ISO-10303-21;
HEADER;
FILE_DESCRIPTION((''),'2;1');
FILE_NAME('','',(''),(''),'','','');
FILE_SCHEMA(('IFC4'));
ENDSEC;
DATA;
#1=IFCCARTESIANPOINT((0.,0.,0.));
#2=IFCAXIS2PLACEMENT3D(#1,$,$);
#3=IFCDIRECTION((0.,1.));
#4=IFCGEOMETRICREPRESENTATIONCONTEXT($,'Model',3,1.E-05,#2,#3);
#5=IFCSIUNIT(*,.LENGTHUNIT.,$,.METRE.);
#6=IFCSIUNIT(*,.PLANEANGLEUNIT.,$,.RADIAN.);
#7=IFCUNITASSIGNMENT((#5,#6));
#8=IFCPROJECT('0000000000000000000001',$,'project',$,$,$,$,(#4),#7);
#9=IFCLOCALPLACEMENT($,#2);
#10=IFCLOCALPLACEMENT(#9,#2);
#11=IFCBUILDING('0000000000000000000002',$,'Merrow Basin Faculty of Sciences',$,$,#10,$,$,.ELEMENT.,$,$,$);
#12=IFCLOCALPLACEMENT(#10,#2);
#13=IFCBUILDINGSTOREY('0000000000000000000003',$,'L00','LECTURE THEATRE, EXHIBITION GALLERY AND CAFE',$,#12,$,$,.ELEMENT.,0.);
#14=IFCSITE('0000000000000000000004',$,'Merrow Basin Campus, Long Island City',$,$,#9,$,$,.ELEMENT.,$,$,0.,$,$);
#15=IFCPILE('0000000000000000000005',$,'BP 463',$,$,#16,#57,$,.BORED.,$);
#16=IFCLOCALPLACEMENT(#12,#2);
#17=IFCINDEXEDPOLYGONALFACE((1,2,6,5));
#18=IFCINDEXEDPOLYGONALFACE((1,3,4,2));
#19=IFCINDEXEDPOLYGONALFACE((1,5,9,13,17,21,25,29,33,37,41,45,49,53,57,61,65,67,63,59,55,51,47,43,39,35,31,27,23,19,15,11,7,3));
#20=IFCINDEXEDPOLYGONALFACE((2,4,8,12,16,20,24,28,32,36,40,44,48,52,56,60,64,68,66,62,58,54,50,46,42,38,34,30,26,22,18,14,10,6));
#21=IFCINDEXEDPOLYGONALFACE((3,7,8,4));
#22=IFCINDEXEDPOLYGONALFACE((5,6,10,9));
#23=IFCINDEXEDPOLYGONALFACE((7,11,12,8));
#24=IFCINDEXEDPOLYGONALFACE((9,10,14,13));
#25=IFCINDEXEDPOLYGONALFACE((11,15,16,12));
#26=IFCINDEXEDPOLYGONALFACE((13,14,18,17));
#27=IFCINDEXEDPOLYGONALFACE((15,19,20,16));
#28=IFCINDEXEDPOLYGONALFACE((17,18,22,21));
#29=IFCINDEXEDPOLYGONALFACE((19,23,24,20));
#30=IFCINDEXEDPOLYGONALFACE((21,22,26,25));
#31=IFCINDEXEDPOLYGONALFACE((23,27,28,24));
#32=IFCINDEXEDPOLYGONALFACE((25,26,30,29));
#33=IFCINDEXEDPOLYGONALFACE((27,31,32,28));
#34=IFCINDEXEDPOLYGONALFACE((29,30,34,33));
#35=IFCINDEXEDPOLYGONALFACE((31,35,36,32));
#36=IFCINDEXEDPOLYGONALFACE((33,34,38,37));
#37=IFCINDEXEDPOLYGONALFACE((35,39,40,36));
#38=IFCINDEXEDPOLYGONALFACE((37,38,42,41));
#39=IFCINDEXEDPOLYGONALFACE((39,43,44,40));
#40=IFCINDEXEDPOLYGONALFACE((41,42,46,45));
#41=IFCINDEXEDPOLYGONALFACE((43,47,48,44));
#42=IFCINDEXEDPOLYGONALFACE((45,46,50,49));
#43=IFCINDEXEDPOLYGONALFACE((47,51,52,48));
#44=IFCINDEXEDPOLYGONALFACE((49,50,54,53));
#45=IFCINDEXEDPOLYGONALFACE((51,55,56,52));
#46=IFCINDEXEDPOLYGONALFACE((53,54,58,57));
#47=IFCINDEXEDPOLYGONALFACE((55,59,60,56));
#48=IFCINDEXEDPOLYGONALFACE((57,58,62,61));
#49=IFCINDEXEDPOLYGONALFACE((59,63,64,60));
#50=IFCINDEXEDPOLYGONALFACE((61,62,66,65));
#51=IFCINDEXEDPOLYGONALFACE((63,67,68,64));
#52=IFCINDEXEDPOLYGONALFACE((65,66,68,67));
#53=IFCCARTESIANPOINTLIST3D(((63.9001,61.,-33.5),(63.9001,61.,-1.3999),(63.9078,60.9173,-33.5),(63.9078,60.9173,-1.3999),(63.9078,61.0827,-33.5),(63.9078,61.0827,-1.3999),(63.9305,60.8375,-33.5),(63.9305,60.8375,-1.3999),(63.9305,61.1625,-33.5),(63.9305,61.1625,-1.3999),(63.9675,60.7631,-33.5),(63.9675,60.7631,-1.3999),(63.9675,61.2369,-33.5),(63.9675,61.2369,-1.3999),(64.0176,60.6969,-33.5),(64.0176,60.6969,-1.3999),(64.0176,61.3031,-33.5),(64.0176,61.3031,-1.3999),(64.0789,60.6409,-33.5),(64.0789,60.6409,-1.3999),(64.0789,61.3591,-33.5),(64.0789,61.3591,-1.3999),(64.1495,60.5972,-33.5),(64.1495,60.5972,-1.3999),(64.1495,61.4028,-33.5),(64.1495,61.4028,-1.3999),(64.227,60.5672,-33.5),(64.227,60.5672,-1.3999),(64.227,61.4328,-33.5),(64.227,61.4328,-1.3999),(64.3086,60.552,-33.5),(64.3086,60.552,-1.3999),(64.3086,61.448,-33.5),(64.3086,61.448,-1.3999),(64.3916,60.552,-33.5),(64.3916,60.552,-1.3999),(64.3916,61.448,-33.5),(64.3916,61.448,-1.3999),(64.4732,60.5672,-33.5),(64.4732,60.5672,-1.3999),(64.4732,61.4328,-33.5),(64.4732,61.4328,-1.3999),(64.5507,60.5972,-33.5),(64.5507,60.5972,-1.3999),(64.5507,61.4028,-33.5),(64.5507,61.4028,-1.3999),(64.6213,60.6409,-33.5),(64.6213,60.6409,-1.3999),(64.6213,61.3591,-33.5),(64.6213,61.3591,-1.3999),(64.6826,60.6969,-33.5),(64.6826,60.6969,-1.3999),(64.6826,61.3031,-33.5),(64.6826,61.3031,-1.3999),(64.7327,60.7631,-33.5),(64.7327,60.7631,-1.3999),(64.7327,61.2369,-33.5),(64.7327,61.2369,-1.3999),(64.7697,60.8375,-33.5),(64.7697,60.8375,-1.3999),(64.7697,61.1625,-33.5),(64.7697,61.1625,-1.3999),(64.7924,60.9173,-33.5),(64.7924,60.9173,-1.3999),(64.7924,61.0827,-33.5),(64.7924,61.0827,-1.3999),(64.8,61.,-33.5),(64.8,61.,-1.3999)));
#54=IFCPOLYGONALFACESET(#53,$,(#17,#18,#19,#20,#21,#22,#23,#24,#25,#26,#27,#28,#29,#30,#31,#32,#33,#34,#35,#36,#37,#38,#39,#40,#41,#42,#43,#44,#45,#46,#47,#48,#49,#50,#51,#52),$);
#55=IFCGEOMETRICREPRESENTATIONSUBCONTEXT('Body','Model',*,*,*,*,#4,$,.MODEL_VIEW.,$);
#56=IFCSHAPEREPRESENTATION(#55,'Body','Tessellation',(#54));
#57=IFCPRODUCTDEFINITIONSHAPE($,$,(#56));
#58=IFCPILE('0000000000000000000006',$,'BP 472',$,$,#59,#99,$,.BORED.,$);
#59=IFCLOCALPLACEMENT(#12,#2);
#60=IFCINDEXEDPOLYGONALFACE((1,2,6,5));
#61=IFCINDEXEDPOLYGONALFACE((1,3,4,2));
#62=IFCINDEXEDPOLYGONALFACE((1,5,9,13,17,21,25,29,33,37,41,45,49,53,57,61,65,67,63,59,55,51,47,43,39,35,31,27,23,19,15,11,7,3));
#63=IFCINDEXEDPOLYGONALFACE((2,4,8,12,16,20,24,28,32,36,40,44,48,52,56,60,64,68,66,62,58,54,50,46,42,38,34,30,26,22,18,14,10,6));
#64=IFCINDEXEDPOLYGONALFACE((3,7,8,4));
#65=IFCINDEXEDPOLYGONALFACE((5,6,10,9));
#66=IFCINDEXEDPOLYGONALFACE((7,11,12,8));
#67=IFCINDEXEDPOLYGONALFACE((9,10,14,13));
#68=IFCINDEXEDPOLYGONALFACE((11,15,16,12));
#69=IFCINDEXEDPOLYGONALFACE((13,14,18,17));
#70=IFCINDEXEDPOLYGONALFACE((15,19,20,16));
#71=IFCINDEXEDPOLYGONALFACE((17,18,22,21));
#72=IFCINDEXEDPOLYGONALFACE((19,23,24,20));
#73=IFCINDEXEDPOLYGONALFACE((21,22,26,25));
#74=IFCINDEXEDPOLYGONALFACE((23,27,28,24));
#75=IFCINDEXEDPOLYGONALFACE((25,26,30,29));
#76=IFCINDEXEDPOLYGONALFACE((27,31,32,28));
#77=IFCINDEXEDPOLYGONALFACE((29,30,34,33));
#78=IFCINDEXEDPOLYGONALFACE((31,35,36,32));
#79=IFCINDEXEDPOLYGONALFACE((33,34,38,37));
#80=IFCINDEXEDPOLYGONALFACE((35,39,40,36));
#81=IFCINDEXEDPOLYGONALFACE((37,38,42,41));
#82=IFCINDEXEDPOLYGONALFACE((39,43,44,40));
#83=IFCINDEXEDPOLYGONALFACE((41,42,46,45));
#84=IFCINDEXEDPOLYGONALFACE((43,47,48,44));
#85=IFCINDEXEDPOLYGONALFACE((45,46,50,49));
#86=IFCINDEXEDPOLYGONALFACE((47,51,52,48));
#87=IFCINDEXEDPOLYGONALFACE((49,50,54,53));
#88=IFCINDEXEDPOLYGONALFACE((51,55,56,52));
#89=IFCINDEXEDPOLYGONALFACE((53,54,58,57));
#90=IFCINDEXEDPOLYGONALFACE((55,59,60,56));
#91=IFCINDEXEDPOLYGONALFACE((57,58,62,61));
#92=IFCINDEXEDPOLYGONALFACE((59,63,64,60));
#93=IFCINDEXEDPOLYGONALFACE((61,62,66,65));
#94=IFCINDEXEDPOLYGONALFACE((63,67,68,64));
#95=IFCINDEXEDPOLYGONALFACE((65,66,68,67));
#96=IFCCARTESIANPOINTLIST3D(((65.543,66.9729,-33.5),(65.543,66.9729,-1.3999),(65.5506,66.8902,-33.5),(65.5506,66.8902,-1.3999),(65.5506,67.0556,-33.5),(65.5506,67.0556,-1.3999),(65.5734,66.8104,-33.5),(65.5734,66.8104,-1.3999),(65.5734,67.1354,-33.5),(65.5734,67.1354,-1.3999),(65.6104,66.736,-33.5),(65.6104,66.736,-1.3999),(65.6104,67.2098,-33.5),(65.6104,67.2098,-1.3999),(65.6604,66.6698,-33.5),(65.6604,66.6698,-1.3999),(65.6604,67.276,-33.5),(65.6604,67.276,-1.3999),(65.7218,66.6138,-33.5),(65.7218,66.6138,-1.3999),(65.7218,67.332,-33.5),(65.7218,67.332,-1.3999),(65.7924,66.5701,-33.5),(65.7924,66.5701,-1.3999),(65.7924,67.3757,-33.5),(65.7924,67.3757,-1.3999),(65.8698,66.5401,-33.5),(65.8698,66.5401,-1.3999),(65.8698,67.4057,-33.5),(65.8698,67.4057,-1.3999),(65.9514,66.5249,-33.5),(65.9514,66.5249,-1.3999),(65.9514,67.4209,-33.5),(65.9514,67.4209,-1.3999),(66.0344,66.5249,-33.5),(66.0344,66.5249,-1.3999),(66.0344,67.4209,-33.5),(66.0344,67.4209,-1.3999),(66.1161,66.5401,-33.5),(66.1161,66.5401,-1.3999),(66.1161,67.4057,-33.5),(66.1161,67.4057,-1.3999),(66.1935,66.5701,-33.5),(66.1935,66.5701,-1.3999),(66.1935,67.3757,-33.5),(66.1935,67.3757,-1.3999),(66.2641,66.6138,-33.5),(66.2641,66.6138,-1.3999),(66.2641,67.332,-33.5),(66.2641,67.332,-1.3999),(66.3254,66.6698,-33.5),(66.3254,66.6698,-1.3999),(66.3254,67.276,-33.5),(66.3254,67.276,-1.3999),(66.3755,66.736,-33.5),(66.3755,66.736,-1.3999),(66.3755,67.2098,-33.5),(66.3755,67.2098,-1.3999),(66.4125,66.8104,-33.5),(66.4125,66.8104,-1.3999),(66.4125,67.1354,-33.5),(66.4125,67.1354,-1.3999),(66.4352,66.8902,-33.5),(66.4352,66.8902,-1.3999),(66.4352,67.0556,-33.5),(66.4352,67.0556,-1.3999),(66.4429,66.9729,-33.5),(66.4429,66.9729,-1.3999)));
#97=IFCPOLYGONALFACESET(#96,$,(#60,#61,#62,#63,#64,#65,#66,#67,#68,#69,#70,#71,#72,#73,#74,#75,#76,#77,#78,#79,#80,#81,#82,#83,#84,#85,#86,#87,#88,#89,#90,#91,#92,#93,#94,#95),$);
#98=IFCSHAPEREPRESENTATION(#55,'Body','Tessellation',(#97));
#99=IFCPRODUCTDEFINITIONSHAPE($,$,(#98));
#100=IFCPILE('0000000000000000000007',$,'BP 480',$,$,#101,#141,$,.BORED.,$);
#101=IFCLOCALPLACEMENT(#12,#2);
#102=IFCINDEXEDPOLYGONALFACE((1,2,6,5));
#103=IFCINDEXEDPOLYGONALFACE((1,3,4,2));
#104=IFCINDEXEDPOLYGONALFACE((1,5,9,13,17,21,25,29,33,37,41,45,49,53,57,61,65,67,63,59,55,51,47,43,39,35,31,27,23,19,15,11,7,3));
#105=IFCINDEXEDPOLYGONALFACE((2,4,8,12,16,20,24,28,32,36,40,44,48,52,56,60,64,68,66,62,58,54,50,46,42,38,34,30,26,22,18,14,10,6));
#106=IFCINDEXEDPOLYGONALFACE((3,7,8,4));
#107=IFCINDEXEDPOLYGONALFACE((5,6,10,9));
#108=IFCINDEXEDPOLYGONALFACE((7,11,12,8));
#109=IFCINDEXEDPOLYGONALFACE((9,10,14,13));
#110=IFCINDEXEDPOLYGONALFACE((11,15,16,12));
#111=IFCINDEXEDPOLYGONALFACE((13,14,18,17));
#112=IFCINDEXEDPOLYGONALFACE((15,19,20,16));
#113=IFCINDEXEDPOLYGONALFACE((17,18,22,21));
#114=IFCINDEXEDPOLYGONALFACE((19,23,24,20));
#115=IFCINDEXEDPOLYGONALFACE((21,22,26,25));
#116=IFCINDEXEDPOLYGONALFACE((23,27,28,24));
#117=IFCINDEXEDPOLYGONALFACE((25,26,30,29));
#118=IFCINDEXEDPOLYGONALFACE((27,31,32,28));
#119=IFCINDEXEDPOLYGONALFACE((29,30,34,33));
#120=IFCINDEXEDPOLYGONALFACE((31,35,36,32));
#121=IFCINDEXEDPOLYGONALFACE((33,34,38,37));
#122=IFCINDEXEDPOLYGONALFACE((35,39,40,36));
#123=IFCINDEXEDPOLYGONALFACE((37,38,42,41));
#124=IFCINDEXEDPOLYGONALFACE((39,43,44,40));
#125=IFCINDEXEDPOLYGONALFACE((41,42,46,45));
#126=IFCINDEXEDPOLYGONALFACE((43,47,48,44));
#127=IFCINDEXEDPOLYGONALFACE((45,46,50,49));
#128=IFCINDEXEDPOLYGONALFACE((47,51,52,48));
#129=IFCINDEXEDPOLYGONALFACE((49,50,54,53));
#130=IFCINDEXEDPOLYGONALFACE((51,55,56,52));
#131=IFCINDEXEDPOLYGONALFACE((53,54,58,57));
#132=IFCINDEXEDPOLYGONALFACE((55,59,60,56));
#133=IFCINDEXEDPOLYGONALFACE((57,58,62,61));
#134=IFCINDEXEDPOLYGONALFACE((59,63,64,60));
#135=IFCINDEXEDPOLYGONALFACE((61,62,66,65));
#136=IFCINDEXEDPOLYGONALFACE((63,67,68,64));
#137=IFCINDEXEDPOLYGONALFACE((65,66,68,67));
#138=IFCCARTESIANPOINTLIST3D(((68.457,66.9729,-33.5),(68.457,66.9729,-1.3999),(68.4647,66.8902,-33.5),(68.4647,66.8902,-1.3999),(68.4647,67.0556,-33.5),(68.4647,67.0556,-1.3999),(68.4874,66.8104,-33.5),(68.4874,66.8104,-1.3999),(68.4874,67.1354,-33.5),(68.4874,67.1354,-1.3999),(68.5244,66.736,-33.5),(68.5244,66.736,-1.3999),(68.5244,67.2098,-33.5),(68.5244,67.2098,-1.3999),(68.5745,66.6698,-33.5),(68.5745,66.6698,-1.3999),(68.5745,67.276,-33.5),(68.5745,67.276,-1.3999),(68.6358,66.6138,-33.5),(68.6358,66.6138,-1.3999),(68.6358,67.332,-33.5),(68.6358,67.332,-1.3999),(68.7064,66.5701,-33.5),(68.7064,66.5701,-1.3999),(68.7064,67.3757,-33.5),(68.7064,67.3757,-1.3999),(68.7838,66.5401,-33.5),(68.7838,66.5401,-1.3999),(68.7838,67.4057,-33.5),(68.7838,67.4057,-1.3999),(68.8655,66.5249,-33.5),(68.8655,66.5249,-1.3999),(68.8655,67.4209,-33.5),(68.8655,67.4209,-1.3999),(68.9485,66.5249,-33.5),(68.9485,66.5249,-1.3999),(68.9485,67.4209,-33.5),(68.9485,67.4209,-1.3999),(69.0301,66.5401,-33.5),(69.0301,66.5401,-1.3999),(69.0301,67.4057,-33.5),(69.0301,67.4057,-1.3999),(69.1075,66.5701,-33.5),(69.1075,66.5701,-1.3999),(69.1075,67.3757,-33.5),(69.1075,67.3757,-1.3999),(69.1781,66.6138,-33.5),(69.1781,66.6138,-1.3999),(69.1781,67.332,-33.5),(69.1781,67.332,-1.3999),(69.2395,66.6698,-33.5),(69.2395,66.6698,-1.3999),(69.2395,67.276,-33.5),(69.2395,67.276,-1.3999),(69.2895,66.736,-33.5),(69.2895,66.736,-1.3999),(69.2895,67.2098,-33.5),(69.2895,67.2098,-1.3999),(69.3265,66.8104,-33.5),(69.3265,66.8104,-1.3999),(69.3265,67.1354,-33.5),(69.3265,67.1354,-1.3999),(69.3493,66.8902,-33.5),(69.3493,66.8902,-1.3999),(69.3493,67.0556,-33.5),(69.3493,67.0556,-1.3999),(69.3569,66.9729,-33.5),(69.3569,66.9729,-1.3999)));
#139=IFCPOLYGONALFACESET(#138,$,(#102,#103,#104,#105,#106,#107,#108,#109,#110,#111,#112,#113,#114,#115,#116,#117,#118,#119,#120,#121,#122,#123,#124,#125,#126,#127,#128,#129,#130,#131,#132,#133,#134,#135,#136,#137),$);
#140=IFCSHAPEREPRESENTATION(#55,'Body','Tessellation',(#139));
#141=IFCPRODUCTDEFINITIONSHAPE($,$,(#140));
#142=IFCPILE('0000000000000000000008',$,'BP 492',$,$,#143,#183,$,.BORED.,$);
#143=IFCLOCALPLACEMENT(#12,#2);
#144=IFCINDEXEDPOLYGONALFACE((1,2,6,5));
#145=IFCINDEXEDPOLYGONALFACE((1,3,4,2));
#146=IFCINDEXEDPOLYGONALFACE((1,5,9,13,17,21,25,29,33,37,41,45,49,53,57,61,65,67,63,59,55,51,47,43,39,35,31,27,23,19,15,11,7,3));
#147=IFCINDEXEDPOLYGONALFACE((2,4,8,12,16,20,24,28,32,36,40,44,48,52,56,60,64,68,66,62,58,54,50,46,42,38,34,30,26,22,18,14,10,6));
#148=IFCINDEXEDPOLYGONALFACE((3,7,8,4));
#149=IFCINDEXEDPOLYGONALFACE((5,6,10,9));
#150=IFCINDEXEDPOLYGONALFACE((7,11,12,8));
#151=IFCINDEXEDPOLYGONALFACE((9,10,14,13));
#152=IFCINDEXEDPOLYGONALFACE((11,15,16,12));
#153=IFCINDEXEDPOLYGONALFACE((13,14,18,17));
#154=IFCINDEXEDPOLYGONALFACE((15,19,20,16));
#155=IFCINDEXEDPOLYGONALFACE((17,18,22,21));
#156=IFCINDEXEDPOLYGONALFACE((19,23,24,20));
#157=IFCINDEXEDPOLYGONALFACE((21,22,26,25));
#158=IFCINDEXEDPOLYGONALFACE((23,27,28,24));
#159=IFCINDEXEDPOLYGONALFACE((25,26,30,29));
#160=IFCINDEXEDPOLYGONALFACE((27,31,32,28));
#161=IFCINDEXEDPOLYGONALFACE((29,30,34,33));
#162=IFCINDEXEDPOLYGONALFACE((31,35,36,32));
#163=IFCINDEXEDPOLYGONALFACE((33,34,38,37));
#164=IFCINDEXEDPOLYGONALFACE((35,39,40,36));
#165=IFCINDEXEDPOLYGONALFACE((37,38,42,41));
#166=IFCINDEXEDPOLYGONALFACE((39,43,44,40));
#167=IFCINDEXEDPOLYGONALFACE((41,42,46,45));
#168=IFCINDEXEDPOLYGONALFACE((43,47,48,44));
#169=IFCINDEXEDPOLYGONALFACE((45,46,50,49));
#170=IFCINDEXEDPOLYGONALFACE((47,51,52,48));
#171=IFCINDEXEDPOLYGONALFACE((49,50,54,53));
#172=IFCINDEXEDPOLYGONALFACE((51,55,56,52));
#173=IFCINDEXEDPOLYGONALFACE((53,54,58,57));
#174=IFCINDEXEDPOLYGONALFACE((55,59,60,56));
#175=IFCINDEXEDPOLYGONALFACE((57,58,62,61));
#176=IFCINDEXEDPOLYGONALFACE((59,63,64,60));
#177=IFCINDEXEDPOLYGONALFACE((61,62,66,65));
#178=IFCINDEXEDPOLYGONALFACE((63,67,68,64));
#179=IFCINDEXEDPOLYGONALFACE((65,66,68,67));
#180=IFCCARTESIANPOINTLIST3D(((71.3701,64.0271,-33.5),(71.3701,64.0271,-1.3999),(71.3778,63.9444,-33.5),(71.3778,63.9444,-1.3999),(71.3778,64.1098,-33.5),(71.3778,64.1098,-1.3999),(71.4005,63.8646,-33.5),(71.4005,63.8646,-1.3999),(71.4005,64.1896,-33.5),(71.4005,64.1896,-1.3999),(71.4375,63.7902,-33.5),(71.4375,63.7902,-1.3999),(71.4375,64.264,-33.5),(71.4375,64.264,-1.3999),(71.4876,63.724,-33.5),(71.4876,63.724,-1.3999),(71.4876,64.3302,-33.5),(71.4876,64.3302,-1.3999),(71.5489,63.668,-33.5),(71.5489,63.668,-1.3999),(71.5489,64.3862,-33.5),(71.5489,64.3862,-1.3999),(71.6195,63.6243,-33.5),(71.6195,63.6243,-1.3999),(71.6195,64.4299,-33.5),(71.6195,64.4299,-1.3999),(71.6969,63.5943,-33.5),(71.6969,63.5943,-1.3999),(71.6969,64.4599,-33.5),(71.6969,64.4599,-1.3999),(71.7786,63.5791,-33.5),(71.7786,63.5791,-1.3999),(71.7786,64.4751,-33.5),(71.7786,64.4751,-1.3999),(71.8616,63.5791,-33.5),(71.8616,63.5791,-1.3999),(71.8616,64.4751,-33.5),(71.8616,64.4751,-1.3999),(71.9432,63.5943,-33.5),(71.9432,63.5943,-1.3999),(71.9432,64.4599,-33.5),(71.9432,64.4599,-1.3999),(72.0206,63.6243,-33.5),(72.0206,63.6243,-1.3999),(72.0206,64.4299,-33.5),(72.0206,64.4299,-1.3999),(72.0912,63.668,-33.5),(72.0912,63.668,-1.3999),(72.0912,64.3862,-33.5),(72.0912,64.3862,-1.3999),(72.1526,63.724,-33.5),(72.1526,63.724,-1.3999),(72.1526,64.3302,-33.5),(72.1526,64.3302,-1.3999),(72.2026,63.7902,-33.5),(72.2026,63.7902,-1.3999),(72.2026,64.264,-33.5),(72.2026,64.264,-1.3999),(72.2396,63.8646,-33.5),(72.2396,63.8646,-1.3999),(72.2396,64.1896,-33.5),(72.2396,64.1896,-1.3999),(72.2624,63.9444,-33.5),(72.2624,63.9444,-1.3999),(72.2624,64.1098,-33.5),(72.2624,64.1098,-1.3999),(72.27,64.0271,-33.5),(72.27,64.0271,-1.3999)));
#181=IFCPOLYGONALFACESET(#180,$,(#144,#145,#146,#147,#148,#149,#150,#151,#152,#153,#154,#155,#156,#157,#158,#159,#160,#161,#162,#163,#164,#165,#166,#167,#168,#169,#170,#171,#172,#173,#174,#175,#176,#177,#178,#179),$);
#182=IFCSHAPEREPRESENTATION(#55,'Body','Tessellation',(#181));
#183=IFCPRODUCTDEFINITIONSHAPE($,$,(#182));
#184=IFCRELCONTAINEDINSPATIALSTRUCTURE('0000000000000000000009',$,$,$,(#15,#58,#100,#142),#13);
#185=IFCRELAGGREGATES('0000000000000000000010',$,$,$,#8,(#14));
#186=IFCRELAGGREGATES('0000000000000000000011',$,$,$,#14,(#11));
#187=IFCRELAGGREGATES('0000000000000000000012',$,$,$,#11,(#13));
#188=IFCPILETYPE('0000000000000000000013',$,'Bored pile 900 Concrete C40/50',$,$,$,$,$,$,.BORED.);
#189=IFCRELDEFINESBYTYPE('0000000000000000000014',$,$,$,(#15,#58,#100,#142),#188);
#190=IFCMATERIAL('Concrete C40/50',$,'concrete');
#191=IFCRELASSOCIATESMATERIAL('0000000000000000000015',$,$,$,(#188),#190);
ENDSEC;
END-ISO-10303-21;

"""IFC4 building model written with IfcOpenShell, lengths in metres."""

from ifc_helpers import new_model, si_unit, direction, frame, origin, origin_2d, place, context, subcontext, project, spatial, circle, extrude, material, material_profile, profile_set, type_object, element, save


model = new_model("IFC4")

# Units and contexts
model_context = context("Model", 3, precision=1e-05, world=origin(), true_north=direction((0.0, 1.0)))
body_context = subcontext(model_context, "Body", "Model", "MODEL_VIEW")
ifc_project = project(units=[si_unit("LENGTHUNIT", "METRE"), si_unit("PLANEANGLEUNIT", "RADIAN")], contexts=[model_context])

# Site, building, storey
site_placement = place(None, origin())
site = spatial("IfcSite", under=ifc_project, at=site_placement, Name="Merrow Basin Campus, Long Island City", CompositionType="ELEMENT", RefElevation=0.0)
building_placement = place(site_placement, origin())
building = spatial("IfcBuilding", under=site, at=building_placement, Name="Merrow Basin Faculty of Sciences", CompositionType="ELEMENT")
storey_placement = place(building_placement, origin())
storey = spatial("IfcBuildingStorey", under=building, at=storey_placement, Name="L00", Description="LECTURE THEATRE, EXHIBITION GALLERY AND CAFE", CompositionType="ELEMENT", Elevation=0.0)

# Piles
ifc_material_1 = material(Name="Concrete C40/50", Category="concrete")
ifc_material_profile_1 = material_profile(ifc_material_1, circle(Radius=0.45, at=origin_2d()))
ifc_profile_set_1 = profile_set([ifc_material_profile_1], Name="Concrete C40/50")
pile_type_1 = type_object("IfcPileType", Name="Bored pile 900 Concrete C40/50", PredefinedType="BORED", material=ifc_profile_set_1)
for number, where, z_axis, x_axis, name in (
    (1, (64.3501, 61.0, -1.3999), (0.0, 0.0, -1.0), (1.0, 0.0, 0.0), "BP 463"),
    (2, (65.9929, 66.9729, -1.3999), (0.0, 0.0, -1.0), (1.0, 0.0, 0.0), "BP 472"),
    (3, (68.907, 66.9729, -1.3999), (0.0, 0.0, -1.0), (1.0, 0.0, 0.0), "BP 480"),
    (4, (71.8201, 64.0271, -1.3999), (0.0, 0.0, -1.0), (1.0, 0.0, 0.0), "BP 492"),
):
    element("IfcPile", number, at=place(storey_placement, frame(where, z_axis=z_axis, x_axis=x_axis)), inside=storey, type_object=pile_type_1, Name=name, PredefinedType="BORED", context=body_context, shape_type="SweptSolid", body=[
        extrude(circle(Radius=0.45, at=origin_2d()), origin(), (0.0, 0.0, 1.0), 32.1001),
    ])

save(model, "model.ifc")
